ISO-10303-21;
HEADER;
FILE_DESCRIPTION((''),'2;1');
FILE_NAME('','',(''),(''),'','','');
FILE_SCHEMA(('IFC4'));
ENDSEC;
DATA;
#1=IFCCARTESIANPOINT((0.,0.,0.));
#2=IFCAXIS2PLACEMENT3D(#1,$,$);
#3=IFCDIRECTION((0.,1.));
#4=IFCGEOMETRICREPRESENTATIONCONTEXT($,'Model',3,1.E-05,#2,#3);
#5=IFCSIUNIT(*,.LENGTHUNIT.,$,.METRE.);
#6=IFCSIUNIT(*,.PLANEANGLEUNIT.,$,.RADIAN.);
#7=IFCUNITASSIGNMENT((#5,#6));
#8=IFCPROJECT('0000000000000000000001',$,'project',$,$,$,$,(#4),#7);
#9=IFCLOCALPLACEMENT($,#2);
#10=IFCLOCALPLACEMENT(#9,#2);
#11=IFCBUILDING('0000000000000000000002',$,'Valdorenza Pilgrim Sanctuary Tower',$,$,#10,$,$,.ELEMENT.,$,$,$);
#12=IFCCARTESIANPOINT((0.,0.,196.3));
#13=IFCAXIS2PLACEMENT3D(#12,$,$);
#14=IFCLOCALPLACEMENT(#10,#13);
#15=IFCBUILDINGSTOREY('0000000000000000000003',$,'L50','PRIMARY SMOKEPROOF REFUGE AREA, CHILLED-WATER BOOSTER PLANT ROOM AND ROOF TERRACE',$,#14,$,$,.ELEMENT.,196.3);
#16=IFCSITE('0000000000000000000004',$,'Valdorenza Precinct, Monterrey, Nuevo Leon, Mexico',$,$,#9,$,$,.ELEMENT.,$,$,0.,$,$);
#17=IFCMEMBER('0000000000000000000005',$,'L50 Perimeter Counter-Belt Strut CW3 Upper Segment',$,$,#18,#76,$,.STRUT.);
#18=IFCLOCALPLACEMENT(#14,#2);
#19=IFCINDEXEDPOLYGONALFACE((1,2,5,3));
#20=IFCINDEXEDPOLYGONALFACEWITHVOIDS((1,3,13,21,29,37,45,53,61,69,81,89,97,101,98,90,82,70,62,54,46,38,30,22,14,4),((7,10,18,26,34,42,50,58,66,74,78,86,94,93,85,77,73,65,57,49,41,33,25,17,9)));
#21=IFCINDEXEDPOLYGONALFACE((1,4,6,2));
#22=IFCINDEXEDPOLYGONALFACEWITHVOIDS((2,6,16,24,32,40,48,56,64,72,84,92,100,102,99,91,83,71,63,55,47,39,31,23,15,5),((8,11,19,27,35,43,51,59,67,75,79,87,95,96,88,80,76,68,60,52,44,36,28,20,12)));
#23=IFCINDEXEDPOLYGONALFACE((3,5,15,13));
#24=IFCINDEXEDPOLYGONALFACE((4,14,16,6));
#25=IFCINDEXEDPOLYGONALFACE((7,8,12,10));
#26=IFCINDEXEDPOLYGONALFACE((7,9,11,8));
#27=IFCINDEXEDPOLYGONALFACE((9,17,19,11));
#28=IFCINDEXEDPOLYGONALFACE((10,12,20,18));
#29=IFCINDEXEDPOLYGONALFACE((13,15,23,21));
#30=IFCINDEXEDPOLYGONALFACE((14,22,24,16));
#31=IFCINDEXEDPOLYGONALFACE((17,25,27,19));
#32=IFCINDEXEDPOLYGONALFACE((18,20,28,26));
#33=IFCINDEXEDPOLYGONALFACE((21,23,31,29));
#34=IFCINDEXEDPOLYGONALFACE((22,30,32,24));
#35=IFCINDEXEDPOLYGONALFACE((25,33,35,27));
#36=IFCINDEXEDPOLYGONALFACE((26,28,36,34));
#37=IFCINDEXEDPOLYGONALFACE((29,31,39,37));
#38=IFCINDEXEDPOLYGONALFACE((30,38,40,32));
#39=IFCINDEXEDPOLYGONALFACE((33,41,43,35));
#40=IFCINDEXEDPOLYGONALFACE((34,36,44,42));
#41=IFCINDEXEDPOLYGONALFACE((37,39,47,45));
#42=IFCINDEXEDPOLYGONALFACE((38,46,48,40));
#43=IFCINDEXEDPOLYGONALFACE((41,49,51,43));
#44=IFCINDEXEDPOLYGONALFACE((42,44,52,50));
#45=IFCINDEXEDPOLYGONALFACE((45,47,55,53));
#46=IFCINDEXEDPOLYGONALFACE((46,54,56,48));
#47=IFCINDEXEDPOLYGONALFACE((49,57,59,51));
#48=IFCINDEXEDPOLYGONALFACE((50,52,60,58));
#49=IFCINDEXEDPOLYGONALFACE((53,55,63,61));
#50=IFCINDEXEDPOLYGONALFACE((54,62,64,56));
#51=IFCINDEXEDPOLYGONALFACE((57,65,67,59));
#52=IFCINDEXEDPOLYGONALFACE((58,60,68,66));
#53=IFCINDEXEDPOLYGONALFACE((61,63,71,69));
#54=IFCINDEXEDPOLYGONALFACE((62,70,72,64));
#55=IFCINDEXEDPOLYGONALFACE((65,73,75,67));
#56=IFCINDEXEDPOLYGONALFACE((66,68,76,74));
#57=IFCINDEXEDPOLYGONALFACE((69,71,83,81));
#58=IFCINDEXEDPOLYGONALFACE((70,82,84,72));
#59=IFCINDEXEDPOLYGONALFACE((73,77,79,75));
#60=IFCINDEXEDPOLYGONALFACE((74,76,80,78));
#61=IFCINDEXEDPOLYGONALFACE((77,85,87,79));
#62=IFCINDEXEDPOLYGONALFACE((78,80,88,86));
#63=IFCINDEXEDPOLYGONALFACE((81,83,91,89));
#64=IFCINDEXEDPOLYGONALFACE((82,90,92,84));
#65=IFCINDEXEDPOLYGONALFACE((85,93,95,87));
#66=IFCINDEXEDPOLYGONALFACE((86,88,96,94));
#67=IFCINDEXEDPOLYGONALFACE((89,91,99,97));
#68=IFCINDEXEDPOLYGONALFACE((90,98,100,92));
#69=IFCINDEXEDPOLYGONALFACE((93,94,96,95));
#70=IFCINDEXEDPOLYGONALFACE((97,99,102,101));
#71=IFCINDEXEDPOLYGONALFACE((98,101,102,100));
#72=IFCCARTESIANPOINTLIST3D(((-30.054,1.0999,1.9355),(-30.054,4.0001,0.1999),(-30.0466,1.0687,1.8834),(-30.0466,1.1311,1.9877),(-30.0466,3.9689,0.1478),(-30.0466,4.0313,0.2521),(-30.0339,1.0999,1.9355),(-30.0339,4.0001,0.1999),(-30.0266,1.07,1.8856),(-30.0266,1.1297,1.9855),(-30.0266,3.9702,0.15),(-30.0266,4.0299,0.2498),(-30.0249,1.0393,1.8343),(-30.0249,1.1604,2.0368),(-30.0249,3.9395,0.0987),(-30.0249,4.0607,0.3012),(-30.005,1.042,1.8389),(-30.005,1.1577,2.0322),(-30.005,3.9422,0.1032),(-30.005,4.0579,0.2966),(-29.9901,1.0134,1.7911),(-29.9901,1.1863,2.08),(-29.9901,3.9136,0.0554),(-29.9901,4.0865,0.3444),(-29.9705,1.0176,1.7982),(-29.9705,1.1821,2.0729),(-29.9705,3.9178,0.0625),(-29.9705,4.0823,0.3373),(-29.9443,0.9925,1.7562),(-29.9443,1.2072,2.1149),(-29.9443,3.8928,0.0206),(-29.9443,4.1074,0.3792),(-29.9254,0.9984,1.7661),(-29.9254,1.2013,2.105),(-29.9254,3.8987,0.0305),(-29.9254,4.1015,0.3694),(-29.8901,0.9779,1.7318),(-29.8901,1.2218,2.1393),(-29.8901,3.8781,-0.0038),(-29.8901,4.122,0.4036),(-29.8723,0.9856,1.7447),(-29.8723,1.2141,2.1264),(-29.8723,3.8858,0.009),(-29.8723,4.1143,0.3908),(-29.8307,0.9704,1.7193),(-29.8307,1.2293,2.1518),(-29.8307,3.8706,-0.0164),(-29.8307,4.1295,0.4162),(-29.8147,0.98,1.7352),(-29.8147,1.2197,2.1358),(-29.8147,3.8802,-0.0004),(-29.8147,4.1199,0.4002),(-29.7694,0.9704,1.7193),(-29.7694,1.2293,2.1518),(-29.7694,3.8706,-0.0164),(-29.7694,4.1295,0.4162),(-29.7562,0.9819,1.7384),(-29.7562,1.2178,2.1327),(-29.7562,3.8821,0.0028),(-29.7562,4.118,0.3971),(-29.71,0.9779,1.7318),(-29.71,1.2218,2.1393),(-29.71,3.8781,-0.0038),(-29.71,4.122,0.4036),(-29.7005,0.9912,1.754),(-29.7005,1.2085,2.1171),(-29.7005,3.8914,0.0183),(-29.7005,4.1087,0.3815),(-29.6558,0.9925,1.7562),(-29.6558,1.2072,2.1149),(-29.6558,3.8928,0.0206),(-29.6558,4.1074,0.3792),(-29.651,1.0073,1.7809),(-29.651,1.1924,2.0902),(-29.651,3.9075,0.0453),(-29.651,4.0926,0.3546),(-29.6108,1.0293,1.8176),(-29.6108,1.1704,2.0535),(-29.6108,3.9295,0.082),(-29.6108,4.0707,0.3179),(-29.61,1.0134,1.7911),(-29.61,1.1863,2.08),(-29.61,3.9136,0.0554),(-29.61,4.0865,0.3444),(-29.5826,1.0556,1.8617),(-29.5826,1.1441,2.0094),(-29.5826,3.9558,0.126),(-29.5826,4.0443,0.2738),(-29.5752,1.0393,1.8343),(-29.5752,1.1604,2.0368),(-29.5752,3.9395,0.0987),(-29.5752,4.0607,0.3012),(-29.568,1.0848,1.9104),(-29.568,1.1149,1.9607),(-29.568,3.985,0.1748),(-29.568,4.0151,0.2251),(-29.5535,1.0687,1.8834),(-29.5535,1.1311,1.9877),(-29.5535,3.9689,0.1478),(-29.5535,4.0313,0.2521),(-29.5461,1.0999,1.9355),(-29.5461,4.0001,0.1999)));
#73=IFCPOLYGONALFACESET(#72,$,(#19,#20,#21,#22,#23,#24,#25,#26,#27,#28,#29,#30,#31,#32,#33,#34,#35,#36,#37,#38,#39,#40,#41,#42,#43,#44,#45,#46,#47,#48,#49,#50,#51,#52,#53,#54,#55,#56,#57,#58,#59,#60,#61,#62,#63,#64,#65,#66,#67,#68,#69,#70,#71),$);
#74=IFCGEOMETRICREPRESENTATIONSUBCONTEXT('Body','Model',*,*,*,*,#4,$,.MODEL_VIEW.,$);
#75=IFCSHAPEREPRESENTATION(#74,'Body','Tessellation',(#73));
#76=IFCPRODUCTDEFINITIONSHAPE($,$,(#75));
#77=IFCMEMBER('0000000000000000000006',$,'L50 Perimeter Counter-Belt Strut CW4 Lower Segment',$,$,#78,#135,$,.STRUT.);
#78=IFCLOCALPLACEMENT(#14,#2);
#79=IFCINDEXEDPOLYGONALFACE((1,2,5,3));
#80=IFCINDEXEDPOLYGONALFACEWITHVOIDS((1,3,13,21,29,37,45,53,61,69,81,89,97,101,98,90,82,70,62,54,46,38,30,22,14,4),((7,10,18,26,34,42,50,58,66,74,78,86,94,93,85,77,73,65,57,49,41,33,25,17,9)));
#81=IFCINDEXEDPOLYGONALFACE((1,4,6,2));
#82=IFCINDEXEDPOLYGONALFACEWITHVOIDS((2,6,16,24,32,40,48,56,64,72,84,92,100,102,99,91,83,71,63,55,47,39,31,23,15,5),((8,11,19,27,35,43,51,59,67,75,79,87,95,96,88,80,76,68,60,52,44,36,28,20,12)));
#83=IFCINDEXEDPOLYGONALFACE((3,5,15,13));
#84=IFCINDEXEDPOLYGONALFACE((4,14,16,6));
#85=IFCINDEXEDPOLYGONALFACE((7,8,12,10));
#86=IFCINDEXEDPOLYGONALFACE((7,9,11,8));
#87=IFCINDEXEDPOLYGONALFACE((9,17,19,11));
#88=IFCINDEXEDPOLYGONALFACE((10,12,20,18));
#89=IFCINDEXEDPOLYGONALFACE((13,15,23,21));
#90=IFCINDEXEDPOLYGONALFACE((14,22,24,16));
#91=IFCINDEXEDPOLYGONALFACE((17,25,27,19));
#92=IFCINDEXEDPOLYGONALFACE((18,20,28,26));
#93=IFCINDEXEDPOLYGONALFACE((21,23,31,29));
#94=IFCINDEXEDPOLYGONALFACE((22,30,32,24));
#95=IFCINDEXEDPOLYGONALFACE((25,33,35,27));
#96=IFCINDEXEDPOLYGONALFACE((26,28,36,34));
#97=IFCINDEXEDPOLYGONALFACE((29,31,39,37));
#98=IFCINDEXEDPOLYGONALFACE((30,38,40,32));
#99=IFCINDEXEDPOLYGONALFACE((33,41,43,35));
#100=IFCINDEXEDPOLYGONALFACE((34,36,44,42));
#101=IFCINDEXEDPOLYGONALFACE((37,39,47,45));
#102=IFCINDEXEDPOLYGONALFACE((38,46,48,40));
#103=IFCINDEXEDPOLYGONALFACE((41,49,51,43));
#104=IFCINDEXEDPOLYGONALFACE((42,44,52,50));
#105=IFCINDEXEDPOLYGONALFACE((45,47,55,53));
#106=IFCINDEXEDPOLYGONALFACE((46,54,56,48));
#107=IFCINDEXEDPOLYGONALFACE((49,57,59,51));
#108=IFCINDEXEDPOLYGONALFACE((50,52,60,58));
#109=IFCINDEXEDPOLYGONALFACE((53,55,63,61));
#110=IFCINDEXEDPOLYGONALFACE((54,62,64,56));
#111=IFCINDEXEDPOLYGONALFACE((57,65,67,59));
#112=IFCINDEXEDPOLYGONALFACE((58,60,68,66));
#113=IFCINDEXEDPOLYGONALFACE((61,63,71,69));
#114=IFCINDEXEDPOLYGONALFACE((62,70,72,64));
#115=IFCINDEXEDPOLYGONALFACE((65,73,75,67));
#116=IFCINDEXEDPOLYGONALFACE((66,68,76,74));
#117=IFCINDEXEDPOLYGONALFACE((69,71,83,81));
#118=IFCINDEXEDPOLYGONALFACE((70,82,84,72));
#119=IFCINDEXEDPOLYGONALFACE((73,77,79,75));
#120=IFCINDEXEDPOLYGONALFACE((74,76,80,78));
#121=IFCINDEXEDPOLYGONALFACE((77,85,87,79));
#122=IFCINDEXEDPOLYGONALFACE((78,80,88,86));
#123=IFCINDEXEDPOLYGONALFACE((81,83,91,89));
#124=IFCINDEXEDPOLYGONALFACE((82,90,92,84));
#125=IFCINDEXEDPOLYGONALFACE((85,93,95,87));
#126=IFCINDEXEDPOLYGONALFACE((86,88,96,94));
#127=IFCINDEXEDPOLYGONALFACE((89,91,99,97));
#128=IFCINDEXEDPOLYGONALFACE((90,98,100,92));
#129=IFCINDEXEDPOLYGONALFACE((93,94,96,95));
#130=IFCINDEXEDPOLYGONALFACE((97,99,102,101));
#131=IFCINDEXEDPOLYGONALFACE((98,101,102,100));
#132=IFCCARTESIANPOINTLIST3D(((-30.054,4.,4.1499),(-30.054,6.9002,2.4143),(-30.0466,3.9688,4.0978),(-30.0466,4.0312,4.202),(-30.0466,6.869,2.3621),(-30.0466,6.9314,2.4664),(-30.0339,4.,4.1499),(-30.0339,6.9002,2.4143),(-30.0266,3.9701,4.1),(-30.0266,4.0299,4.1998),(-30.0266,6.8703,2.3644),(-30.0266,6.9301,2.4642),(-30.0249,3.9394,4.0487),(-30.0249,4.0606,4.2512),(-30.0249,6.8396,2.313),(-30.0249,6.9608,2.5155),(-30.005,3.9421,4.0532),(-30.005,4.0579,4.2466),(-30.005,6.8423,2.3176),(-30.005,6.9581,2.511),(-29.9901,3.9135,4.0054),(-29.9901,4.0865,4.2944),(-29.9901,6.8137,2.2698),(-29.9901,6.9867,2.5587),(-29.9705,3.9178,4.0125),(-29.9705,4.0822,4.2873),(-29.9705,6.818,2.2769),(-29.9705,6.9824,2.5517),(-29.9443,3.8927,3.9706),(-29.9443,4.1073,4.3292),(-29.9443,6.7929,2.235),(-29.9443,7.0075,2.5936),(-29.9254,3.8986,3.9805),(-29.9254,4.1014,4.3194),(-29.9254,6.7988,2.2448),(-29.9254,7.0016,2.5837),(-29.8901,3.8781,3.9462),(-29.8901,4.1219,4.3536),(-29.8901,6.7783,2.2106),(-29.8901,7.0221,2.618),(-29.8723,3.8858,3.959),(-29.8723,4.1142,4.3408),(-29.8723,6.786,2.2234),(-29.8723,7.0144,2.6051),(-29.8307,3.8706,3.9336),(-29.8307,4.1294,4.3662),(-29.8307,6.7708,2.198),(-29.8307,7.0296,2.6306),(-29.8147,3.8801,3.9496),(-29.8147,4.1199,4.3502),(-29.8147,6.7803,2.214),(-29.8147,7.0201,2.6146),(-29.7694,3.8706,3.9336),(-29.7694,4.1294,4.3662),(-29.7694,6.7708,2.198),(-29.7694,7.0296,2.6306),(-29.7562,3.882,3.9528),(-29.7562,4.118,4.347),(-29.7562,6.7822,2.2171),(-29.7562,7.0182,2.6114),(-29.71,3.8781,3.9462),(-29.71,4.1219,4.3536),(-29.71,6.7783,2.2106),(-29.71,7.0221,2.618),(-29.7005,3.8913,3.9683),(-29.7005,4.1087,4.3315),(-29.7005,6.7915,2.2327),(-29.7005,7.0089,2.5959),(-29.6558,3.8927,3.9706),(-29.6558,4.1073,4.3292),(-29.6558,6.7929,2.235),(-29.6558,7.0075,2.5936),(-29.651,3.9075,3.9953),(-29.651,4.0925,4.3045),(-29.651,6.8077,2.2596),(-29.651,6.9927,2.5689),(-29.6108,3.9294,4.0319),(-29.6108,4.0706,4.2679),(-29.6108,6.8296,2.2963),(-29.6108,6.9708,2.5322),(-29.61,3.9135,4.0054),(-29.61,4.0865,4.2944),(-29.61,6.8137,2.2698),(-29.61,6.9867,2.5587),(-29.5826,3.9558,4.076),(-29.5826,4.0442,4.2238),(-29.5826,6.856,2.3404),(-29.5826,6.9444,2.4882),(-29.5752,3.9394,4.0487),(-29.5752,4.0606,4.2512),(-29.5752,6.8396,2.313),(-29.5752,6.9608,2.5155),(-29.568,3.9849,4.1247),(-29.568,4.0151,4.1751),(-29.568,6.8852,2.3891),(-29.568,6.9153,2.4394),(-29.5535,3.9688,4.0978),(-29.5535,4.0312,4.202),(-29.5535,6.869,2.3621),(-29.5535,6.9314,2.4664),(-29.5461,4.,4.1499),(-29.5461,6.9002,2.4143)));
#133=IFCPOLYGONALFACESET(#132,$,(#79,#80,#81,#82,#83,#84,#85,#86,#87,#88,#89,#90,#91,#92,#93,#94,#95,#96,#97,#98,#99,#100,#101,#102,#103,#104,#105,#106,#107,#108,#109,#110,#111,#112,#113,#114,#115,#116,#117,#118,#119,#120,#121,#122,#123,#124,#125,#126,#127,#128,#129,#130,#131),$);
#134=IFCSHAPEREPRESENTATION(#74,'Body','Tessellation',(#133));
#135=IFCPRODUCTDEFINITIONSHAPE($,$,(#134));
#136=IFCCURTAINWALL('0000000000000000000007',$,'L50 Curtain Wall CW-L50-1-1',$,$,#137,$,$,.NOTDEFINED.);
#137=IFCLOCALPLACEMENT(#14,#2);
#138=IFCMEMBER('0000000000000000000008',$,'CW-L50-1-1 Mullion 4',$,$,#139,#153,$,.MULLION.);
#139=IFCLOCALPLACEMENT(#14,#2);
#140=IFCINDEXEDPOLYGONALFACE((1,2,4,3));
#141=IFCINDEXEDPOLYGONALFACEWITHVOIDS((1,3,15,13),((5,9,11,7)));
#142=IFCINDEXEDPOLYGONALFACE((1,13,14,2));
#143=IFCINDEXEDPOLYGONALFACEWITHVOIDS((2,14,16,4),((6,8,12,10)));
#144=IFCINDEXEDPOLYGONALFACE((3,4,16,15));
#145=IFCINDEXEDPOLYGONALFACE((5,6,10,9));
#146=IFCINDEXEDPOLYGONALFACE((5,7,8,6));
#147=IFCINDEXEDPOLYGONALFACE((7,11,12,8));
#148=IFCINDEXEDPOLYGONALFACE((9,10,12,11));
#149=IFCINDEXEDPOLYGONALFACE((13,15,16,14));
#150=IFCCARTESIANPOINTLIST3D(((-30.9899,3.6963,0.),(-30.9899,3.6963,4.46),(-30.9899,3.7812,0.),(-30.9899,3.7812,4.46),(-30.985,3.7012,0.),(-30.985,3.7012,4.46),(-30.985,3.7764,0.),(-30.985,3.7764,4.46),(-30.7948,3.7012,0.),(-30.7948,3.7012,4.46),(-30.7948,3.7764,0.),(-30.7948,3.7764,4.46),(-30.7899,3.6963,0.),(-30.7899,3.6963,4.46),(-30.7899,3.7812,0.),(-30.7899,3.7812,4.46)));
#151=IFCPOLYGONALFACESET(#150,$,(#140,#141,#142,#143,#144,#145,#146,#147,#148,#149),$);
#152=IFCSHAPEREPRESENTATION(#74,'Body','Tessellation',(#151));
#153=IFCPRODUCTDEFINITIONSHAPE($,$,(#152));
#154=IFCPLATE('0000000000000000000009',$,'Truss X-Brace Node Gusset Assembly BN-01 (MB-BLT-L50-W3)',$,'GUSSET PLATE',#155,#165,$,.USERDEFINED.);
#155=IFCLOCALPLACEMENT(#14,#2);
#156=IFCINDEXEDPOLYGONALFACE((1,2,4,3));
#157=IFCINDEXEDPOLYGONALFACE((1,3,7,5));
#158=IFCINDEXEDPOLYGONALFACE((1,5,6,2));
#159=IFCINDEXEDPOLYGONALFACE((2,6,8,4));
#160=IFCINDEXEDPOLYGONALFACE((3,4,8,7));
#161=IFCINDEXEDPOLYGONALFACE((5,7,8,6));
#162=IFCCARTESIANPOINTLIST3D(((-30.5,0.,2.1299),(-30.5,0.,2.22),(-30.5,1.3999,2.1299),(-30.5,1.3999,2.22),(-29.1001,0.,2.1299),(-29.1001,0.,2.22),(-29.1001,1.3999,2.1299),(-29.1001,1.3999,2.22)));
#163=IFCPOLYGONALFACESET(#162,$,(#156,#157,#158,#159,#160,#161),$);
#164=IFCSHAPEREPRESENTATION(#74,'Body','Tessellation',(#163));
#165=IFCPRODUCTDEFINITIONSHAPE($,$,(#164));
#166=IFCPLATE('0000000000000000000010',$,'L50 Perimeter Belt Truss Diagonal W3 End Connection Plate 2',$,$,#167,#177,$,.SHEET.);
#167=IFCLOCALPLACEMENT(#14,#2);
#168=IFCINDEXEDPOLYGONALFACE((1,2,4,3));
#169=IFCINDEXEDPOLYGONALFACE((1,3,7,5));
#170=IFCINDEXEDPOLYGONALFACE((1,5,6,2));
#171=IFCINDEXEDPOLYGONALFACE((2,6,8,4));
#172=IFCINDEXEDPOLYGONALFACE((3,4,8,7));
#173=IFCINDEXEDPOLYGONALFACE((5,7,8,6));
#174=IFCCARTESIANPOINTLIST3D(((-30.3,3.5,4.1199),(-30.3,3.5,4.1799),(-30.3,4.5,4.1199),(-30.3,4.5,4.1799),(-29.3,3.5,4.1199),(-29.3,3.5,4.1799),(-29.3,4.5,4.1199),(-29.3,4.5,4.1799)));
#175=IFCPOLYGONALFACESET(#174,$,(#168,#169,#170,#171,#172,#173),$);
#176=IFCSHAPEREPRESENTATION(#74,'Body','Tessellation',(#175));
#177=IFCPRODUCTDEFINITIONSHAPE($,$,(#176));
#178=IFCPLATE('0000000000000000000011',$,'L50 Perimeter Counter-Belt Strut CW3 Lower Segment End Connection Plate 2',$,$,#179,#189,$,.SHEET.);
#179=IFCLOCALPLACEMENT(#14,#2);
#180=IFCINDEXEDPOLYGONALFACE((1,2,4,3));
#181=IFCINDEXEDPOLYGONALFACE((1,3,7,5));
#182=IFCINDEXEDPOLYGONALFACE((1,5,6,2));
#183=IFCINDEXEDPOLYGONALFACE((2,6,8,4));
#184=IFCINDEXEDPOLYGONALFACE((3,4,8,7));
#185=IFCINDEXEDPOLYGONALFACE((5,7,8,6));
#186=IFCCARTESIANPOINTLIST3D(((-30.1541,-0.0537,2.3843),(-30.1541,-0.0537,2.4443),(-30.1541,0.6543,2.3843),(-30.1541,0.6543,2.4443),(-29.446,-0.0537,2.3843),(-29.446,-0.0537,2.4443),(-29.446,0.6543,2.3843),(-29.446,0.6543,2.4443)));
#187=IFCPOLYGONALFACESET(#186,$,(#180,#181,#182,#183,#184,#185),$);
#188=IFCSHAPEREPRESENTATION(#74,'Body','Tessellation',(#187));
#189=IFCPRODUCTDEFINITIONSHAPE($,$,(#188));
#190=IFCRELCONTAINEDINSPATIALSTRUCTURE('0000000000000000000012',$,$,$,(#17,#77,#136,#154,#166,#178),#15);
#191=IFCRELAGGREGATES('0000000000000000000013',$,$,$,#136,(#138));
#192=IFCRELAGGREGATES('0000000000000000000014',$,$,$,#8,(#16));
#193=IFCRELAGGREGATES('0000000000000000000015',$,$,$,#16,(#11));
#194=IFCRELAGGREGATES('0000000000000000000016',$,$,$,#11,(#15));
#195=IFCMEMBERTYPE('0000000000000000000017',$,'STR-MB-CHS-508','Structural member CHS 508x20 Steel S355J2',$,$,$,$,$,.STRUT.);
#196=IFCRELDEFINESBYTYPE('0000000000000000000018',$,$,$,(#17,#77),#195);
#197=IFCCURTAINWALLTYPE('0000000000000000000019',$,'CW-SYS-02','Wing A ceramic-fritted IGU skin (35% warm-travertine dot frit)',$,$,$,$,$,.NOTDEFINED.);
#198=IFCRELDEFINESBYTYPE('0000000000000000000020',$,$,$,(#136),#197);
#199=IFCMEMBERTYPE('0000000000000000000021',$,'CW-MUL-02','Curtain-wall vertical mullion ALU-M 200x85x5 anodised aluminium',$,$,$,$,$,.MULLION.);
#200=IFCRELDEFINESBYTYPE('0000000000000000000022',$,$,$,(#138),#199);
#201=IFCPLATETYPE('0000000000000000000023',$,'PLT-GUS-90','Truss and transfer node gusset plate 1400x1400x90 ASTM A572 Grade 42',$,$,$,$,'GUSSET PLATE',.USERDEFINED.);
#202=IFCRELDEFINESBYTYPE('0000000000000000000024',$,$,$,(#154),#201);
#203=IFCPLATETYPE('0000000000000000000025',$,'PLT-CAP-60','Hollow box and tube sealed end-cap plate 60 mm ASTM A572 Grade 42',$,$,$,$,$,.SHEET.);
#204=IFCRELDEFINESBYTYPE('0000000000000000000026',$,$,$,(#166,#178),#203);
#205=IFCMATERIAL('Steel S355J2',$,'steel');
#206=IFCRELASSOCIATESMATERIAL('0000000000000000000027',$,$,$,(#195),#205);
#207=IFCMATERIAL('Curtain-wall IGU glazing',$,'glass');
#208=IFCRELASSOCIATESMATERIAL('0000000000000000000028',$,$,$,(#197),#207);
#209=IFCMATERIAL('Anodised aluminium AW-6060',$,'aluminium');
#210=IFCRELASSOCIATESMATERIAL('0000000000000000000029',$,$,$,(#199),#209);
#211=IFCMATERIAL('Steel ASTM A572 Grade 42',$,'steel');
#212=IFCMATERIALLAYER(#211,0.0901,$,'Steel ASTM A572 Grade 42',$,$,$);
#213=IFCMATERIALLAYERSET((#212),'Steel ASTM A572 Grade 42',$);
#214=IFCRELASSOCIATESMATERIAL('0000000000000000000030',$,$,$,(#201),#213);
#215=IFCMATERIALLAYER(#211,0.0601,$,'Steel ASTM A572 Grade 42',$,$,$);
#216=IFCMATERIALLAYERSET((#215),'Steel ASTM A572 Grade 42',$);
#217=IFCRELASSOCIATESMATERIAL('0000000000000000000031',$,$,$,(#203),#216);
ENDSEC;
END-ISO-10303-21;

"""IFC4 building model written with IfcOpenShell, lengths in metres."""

from ifc_helpers import new_model, si_unit, direction, frame, origin, origin_2d, place, context, subcontext, project, spatial, rectangle, hollow_rectangle, hollow_circle, extrude, source, transform, mapped, material, layer, layer_set, material_profile, profile_set, type_object, element, aggregate, save


model = new_model("IFC4")

# Units and contexts
model_context = context("Model", 3, precision=1e-05, world=origin(), true_north=direction((0.0, 1.0)))
body_context = subcontext(model_context, "Body", "Model", "MODEL_VIEW")
ifc_project = project(units=[si_unit("LENGTHUNIT", "METRE"), si_unit("PLANEANGLEUNIT", "RADIAN")], contexts=[model_context])

# Site, building, storey
site_placement = place(None, origin())
site = spatial("IfcSite", under=ifc_project, at=site_placement, Name="Valdorenza Precinct, Monterrey, Nuevo Leon, Mexico", CompositionType="ELEMENT", RefElevation=0.0)
building_placement = place(site_placement, origin())
building = spatial("IfcBuilding", under=site, at=building_placement, Name="Valdorenza Pilgrim Sanctuary Tower", CompositionType="ELEMENT")
storey_placement = place(building_placement, frame((0.0, 0.0, 196.3)))
storey = spatial("IfcBuildingStorey", under=building, at=storey_placement, Name="L50", Description="PRIMARY SMOKEPROOF REFUGE AREA, CHILLED-WATER BOOSTER PLANT ROOM AND ROOF TERRACE", CompositionType="ELEMENT", Elevation=196.3)

# Members
ifc_material_1 = material(Name="Steel ASTM A572 Grade 42", Category="steel")
ifc_material_2 = material(Name="Steel S355J2", Category="steel")
ifc_material_profile_1 = material_profile(ifc_material_2, hollow_circle(Radius=0.2539, WallThickness=0.02, at=origin_2d()), Name="CHS 508x20")
ifc_profile_set_1 = profile_set([ifc_material_profile_1], Name="Steel S355J2")
member_type_1 = type_object("IfcMemberType", Name="STR-MB-CHS-508", Description="Structural member CHS 508x20 Steel S355J2", PredefinedType="STRUT", material=ifc_profile_set_1)
shared_shape_1 = source(origin(), body_context, "Body", "SweptSolid", [
    extrude(hollow_circle(Radius=0.2539, WallThickness=0.02, at=origin_2d()), origin(), (0.0, 0.0, 1.0), 3.3799),
])
for number, where, z_axis, x_axis, name in (
    (1, (-29.8, 1.0999, 1.9355), (0.0, 0.858079, -0.513518), (-1.0, 0.0, 0.0), "L50 Perimeter Counter-Belt Strut CW3 Upper Segment"),
    (2, (-29.8, 4.0, 4.1499), (0.0, 0.858079, -0.513518), (-1.0, 0.0, 0.0), "L50 Perimeter Counter-Belt Strut CW4 Lower Segment"),
):
    element("IfcMember", number, at=place(storey_placement, frame(where, z_axis=z_axis, x_axis=x_axis)), inside=storey, type_object=member_type_1, Name=name, PredefinedType="STRUT", context=body_context, shape_type="MappedRepresentation", body=[
        mapped(shared_shape_1, transform((0.0, 0.0, 0.0), x_axis=(1.0, 0.0, 0.0), y_axis=(0.0, 1.0, 0.0), z_axis=(0.0, 0.0, 1.0), scale=1.0)),
    ])

# Curtain wall, member
ifc_material_3 = material(Name="Curtain-wall IGU glazing", Category="glass")
curtain_wall_type = type_object("IfcCurtainWallType", Name="CW-SYS-02", Description="Wing A ceramic-fritted IGU skin (35% warm-travertine dot frit)", PredefinedType="NOTDEFINED", material=ifc_material_3)
curtain_wall_placement = place(storey_placement, origin())
curtain_wall = element("IfcCurtainWall", 3, at=curtain_wall_placement, inside=storey, type_object=curtain_wall_type, Name="L50 Curtain Wall CW-L50-1-1", PredefinedType="NOTDEFINED")
ifc_material_4 = material(Name="Anodised aluminium AW-6060", Category="aluminium")
ifc_material_profile_2 = material_profile(ifc_material_4, hollow_rectangle(XDim=0.085, YDim=0.2, WallThickness=0.0049, at=origin_2d()), Name="ALU-M 200x85x5")
ifc_profile_set_2 = profile_set([ifc_material_profile_2], Name="Anodised aluminium AW-6060")
member_type_2 = type_object("IfcMemberType", Name="CW-MUL-02", Description="Curtain-wall vertical mullion ALU-M 200x85x5 anodised aluminium", PredefinedType="MULLION", material=ifc_profile_set_2)
shared_shape_2 = source(origin(), body_context, "Body", "SweptSolid", [
    extrude(hollow_rectangle(XDim=0.085, YDim=0.2, WallThickness=0.0049, at=origin_2d()), origin(), (0.0, 0.0, 1.0), 4.46),
])
member_1_placement = place(storey_placement, frame((-30.8899, 3.7388, 0.0), z_axis=(0.0, 0.0, 1.0), x_axis=(0.0, 1.0, 0.0)))
member_1 = element("IfcMember", 4, at=member_1_placement, type_object=member_type_2, Name="CW-L50-1-1 Mullion 4", PredefinedType="MULLION", context=body_context, shape_type="MappedRepresentation", body=[
    mapped(shared_shape_2, transform((0.0, 0.0, 0.0), x_axis=(1.0, 0.0, 0.0), y_axis=(0.0, 1.0, 0.0), z_axis=(0.0, 0.0, 1.0), scale=1.0)),
])

# Plates
ifc_layer_1 = layer(ifc_material_1, 0.0901, Name="Steel ASTM A572 Grade 42")
ifc_layer_set_1 = layer_set([ifc_layer_1], Name="Steel ASTM A572 Grade 42")
plate_type_1 = type_object("IfcPlateType", Name="PLT-GUS-90", Description="Truss and transfer node gusset plate 1400x1400x90 ASTM A572 Grade 42", ElementType="GUSSET PLATE", PredefinedType="USERDEFINED", material=ifc_layer_set_1)
shared_shape_3 = source(origin(), body_context, "Body", "SweptSolid", [
    extrude(rectangle(XDim=1.3999, YDim=1.3999, at=origin_2d()), origin(), (0.0, 0.0, 1.0), 0.0901),
])
plate_1_placement = place(storey_placement, frame((-29.8, 0.7, 2.1299), z_axis=(0.0, 0.0, 1.0), x_axis=(1.0, 0.0, 0.0)))
element("IfcPlate", 5, at=plate_1_placement, inside=storey, type_object=plate_type_1, Name="Truss X-Brace Node Gusset Assembly BN-01 (MB-BLT-L50-W3)", ObjectType="GUSSET PLATE", PredefinedType="USERDEFINED", context=body_context, shape_type="MappedRepresentation", body=[
    mapped(shared_shape_3, transform((0.0, 0.0, 0.0), x_axis=(1.0, 0.0, 0.0), y_axis=(0.0, 1.0, 0.0), z_axis=(0.0, 0.0, 1.0), scale=1.0)),
])
ifc_layer_2 = layer(ifc_material_1, 0.0601, Name="Steel ASTM A572 Grade 42")
ifc_layer_set_2 = layer_set([ifc_layer_2], Name="Steel ASTM A572 Grade 42")
plate_type_2 = type_object("IfcPlateType", Name="PLT-CAP-60", Description="Hollow box and tube sealed end-cap plate 60 mm ASTM A572 Grade 42", PredefinedType="SHEET", material=ifc_layer_set_2)
shared_shape_4 = source(origin(), body_context, "Body", "SweptSolid", [
    extrude(rectangle(XDim=1.0, YDim=1.0, at=origin_2d()), origin(), (0.0, 0.0, 1.0), 0.0601),
])
plate_2_placement = place(storey_placement, frame((-29.8, 4.0, 4.1199), z_axis=(0.0, 0.0, 1.0), x_axis=(1.0, 0.0, 0.0)))
element("IfcPlate", 6, at=plate_2_placement, inside=storey, type_object=plate_type_2, Name="L50 Perimeter Belt Truss Diagonal W3 End Connection Plate 2", PredefinedType="SHEET", context=body_context, shape_type="MappedRepresentation", body=[
    mapped(shared_shape_4, transform((0.0, 0.0, 0.0), x_axis=(1.0, 0.0, 0.0), y_axis=(0.0, 1.0, 0.0), z_axis=(0.0, 0.0, 1.0), scale=1.0)),
])
shared_shape_5 = source(origin(), body_context, "Body", "SweptSolid", [
    extrude(rectangle(XDim=0.708, YDim=0.708, at=origin_2d()), origin(), (0.0, 0.0, 1.0), 0.0601),
])
for number, where, z_axis, x_axis, name in (
    (7, (-29.8, 0.3003, 2.3843), (0.0, 0.0, 1.0), (1.0, 0.0, 0.0), "L50 Perimeter Counter-Belt Strut CW3 Lower Segment End Connection Plate 2"),
):
    element("IfcPlate", number, at=place(storey_placement, frame(where, z_axis=z_axis, x_axis=x_axis)), inside=storey, type_object=plate_type_2, Name=name, PredefinedType="SHEET", context=body_context, shape_type="MappedRepresentation", body=[
        mapped(shared_shape_5, transform((0.0, 0.0, 0.0), x_axis=(1.0, 0.0, 0.0), y_axis=(0.0, 1.0, 0.0), z_axis=(0.0, 0.0, 1.0), scale=1.0)),
    ])

aggregate(curtain_wall, [member_1])

save(model, "model.ifc")
